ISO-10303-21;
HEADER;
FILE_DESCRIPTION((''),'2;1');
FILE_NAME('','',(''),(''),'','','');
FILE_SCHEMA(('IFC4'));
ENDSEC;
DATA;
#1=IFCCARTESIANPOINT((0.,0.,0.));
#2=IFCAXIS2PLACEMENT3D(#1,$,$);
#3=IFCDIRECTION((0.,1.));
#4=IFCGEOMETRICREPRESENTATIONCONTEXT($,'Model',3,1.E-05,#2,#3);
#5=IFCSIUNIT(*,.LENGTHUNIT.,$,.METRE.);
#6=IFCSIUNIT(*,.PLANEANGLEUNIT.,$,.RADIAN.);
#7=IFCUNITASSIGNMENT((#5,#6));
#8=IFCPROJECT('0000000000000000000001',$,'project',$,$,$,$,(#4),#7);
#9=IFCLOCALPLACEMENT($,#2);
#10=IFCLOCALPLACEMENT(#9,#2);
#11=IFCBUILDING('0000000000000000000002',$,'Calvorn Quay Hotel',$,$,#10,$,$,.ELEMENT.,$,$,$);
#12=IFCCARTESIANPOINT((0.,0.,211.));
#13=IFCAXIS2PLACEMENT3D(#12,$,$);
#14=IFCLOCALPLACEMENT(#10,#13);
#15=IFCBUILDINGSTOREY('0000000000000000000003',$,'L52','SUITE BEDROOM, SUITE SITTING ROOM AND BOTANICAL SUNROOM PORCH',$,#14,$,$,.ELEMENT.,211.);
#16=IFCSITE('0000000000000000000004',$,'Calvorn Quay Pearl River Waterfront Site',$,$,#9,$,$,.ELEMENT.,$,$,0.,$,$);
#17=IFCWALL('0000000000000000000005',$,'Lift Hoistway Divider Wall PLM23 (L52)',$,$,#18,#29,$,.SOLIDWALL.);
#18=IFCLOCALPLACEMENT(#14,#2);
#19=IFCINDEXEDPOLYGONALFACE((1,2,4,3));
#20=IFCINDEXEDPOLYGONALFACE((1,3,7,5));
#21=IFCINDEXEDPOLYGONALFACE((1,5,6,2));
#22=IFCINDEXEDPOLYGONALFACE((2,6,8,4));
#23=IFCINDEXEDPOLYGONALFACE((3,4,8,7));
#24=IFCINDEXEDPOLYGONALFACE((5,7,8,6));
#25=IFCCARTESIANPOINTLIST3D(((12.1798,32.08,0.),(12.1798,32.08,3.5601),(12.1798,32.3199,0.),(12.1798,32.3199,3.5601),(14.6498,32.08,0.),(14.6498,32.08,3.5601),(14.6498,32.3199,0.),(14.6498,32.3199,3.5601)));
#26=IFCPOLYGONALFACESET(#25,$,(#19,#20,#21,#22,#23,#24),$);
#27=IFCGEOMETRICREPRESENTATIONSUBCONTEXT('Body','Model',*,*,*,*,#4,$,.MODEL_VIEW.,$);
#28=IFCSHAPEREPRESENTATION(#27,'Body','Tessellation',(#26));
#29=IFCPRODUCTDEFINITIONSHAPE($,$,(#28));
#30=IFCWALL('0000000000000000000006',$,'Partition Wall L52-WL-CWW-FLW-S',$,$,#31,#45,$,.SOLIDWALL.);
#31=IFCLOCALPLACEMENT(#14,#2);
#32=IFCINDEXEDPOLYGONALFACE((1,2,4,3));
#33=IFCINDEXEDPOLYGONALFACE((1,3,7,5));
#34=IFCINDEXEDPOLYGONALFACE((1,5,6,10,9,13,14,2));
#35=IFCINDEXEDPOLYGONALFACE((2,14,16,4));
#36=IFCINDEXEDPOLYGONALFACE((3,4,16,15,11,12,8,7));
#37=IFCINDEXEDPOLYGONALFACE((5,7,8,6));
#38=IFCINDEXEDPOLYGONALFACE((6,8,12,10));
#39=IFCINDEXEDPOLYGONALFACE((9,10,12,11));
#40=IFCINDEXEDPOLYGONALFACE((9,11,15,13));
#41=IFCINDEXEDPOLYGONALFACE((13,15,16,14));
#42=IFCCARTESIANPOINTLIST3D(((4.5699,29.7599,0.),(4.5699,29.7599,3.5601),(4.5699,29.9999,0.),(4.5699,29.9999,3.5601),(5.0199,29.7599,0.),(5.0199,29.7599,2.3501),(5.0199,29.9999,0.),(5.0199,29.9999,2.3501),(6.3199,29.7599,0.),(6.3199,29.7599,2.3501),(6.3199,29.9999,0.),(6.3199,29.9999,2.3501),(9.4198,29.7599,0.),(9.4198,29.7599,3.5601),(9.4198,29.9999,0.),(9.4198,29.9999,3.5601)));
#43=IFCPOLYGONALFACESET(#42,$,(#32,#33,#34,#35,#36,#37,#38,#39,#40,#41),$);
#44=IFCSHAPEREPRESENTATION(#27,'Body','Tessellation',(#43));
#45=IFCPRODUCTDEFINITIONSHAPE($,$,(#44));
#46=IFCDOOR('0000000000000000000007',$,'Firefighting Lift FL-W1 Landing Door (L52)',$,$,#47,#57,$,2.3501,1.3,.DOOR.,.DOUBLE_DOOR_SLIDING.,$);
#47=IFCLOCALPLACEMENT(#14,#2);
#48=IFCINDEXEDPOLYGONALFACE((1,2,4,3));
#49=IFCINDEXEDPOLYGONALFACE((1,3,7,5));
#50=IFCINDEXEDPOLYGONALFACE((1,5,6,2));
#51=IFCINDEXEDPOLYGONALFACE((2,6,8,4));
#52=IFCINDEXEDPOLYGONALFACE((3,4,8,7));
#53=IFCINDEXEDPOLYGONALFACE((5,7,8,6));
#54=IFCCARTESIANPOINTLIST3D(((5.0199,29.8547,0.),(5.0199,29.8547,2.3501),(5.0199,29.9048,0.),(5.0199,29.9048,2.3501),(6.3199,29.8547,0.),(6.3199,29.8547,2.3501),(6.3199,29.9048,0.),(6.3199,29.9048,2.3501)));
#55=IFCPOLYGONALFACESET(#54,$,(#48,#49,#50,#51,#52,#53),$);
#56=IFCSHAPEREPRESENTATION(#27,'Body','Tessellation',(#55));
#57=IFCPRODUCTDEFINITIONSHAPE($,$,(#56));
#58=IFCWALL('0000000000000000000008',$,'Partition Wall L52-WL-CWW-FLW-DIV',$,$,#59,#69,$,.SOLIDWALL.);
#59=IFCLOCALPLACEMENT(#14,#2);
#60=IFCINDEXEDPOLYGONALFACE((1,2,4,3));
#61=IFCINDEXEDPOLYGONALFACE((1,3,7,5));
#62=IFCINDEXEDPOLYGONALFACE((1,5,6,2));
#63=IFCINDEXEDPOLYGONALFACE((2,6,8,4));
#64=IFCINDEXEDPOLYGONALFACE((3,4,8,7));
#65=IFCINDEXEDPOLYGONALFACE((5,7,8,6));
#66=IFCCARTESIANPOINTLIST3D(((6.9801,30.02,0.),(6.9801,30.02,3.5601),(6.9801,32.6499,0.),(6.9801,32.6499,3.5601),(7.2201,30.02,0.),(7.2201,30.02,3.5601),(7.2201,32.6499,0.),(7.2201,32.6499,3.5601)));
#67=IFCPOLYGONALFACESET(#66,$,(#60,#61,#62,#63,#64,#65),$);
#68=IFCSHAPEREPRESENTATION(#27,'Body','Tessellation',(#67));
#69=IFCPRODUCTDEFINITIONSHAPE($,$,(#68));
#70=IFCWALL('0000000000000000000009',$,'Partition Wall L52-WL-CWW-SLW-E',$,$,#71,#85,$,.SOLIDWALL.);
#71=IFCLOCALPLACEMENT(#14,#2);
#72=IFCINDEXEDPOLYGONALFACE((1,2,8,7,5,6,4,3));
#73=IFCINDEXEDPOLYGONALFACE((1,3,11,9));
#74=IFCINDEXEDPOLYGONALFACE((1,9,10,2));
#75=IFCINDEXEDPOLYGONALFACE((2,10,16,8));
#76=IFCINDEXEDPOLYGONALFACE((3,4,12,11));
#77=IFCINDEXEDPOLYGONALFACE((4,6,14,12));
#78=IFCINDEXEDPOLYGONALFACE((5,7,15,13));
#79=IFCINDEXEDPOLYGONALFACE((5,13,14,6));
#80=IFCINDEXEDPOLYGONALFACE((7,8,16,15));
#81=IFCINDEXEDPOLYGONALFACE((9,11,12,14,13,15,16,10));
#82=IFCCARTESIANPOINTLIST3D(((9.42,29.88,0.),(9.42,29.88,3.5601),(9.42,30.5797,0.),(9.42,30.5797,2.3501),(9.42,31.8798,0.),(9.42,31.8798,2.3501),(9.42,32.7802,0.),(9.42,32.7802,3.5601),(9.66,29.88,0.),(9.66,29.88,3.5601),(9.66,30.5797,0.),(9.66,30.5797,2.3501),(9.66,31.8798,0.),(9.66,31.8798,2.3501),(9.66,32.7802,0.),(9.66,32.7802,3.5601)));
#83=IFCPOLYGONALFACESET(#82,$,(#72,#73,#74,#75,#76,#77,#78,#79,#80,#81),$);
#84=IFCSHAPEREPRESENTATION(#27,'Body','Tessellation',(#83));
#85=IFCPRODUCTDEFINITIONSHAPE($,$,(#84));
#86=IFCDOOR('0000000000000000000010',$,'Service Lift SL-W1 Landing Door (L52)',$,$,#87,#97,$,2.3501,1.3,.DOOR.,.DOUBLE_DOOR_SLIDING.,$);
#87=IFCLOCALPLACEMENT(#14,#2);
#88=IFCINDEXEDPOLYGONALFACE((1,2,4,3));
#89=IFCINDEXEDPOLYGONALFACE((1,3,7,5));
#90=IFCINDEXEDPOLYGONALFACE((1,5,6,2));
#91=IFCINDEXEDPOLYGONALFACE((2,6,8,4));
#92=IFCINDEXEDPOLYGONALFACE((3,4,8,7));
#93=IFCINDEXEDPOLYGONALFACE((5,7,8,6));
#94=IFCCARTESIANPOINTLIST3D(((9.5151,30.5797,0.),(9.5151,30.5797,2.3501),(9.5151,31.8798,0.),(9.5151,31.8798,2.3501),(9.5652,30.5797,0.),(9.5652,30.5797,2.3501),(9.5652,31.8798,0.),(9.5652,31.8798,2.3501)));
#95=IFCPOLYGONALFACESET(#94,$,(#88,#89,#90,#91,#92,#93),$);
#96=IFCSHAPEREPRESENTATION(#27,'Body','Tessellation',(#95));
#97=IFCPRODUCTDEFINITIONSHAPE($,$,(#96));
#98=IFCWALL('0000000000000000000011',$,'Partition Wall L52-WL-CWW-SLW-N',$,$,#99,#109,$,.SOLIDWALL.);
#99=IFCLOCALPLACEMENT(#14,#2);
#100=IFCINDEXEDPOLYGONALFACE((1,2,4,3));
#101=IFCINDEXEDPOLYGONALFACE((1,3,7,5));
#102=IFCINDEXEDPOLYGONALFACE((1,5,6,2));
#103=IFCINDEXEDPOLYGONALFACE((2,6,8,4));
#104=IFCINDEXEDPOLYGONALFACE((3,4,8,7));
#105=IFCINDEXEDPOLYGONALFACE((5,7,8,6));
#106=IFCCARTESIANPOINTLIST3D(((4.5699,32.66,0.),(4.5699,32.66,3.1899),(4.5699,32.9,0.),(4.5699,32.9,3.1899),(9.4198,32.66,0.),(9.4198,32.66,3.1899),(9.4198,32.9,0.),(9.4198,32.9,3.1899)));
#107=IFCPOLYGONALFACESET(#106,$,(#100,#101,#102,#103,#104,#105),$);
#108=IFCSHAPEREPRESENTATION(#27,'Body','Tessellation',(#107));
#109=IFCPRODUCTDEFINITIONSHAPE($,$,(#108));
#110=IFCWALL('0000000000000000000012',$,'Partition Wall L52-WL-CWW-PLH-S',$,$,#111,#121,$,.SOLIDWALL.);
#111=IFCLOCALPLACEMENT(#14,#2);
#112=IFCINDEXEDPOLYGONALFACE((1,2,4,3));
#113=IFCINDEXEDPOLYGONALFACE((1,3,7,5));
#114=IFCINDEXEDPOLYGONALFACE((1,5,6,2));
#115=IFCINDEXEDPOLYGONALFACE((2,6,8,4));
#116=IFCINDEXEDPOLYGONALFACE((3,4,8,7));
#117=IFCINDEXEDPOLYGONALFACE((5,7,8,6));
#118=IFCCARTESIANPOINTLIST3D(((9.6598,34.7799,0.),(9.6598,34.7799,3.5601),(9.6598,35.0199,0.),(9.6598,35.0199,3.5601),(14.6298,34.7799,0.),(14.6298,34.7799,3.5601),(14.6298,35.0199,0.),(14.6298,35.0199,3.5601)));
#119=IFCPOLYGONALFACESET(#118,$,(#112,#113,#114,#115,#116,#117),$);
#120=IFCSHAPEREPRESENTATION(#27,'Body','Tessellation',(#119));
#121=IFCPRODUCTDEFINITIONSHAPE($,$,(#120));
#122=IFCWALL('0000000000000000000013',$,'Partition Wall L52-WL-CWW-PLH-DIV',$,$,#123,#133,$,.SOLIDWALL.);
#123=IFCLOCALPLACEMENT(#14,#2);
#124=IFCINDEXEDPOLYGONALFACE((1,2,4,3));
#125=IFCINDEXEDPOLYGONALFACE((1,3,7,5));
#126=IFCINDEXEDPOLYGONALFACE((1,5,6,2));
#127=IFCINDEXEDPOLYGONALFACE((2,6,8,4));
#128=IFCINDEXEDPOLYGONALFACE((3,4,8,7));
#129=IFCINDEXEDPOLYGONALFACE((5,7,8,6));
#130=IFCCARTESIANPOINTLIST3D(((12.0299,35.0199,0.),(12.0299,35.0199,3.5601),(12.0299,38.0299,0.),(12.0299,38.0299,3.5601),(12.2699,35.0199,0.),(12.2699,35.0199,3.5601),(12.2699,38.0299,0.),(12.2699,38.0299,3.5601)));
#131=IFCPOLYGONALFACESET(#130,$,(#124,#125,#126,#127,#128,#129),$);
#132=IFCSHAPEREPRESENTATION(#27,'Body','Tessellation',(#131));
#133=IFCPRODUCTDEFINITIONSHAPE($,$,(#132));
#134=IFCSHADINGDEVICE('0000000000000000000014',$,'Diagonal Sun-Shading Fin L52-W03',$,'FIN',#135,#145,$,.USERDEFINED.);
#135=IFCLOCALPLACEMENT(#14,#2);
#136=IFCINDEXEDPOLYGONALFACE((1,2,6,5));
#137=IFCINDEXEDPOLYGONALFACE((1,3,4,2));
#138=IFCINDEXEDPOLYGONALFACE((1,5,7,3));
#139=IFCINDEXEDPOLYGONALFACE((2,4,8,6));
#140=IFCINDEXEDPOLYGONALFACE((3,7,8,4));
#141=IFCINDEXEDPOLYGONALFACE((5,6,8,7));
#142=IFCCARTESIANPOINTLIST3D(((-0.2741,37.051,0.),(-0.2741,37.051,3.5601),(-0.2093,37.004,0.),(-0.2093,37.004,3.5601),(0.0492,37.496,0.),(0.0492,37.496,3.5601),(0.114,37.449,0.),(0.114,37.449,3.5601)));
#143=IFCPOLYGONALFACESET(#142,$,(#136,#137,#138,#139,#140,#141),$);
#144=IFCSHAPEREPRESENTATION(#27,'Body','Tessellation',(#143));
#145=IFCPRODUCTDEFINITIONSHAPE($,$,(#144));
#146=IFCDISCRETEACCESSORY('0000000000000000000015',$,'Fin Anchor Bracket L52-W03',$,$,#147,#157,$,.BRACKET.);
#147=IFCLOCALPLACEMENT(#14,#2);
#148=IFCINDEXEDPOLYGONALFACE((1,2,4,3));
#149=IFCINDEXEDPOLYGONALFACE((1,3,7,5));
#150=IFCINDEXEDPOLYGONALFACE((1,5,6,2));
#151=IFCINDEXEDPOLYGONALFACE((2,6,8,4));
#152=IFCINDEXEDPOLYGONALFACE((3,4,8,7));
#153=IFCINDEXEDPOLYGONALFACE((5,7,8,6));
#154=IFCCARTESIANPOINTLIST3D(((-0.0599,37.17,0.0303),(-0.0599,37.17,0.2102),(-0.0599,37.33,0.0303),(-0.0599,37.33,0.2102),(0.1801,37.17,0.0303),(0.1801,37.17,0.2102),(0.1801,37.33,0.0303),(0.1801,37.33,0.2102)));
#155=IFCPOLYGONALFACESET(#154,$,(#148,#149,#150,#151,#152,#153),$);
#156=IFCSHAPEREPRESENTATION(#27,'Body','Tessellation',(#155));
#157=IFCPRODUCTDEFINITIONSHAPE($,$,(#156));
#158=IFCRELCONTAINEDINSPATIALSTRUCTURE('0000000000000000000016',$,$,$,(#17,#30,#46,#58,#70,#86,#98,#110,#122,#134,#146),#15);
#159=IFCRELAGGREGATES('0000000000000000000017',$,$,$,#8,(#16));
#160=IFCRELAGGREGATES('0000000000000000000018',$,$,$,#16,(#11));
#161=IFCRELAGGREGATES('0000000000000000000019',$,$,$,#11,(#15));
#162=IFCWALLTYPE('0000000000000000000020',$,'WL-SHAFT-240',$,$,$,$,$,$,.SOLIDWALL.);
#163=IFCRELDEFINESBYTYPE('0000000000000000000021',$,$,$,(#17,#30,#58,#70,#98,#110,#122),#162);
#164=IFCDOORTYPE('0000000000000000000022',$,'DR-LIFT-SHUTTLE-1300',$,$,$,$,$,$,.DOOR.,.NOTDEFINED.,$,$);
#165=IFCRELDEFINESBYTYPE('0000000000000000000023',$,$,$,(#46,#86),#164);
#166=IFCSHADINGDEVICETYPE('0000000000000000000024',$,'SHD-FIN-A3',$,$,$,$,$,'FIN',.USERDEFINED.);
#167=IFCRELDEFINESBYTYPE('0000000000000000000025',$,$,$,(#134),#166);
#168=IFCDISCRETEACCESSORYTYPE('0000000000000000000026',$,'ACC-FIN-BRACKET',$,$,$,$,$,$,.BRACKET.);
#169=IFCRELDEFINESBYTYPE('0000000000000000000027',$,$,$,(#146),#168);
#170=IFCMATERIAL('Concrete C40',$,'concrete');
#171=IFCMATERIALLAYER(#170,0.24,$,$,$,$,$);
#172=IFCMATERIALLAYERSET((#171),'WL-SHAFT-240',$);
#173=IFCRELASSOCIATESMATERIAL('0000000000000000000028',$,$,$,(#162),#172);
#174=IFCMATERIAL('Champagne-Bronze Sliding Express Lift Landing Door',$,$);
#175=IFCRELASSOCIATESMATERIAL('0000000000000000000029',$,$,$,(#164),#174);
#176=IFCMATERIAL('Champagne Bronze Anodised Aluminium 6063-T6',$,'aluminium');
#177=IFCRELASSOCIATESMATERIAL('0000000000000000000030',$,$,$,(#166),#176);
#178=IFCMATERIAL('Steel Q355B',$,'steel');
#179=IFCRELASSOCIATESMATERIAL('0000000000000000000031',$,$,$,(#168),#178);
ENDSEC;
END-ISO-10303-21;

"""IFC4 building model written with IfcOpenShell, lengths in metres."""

from ifc_helpers import new_model, si_unit, direction, frame, frame_2d, origin, origin_2d, place, context, subcontext, project, spatial, rectangle, extrude, material, layer, layer_set, type_object, element, fill, save


model = new_model("IFC4")

# Units and contexts
model_context = context("Model", 3, precision=1e-05, world=origin(), true_north=direction((0.0, 1.0)))
body_context = subcontext(model_context, "Body", "Model", "MODEL_VIEW")
ifc_project = project(units=[si_unit("LENGTHUNIT", "METRE"), si_unit("PLANEANGLEUNIT", "RADIAN")], contexts=[model_context])

# Site, building, storey
site_placement = place(None, origin())
site = spatial("IfcSite", under=ifc_project, at=site_placement, Name="Calvorn Quay Pearl River Waterfront Site", CompositionType="ELEMENT", RefElevation=0.0)
building_placement = place(site_placement, origin())
building = spatial("IfcBuilding", under=site, at=building_placement, Name="Calvorn Quay Hotel", CompositionType="ELEMENT")
storey_placement = place(building_placement, frame((0.0, 0.0, 211.0)))
storey = spatial("IfcBuildingStorey", under=building, at=storey_placement, Name="L52", Description="SUITE BEDROOM, SUITE SITTING ROOM AND BOTANICAL SUNROOM PORCH", CompositionType="ELEMENT", Elevation=211.0)

# Wall
ifc_material_1 = material(Name="Concrete C40", Category="concrete")
ifc_layer_1 = layer(ifc_material_1, 0.24)
ifc_layer_set_1 = layer_set([ifc_layer_1], Name="WL-SHAFT-240")
wall_type_1 = type_object("IfcWallType", Name="WL-SHAFT-240", PredefinedType="SOLIDWALL", material=ifc_layer_set_1)
wall_1_placement = place(storey_placement, frame((12.1799, 32.2, 0.0), z_axis=(0.0, 0.0, 1.0), x_axis=(1.0, 0.0, 0.0)))
element("IfcWall", 1, at=wall_1_placement, inside=storey, type_object=wall_type_1, Name="Lift Hoistway Divider Wall PLM23 (L52)", PredefinedType="SOLIDWALL", context=body_context, shape_type="SweptSolid", body=[
    extrude(rectangle(XDim=2.47, YDim=0.24, at=frame_2d((1.2349, 0.0))), origin(), (0.0, 0.0, 1.0), 3.5601),
])

# Wall, opening, door
wall_2_placement = place(storey_placement, frame((4.5701, 29.8799, 0.0), z_axis=(0.0, 0.0, 1.0), x_axis=(1.0, 0.0, 0.0)))
wall_2 = element("IfcWall", 2, at=wall_2_placement, inside=storey, type_object=wall_type_1, Name="Partition Wall L52-WL-CWW-FLW-S", PredefinedType="SOLIDWALL", context=body_context, shape_type="SweptSolid", body=[
    extrude(rectangle(XDim=4.8499, YDim=0.24, at=frame_2d((2.4248, 0.0))), origin(), (0.0, 0.0, 1.0), 3.5601),
])
opening_1_placement = place(wall_2_placement, frame((0.45, 0.0, 0.0)))
opening_1 = element("IfcOpeningElement", 3, at=opening_1_placement, cuts=wall_2, PredefinedType="OPENING", context=body_context, shape_type="SweptSolid", body=[
    extrude(rectangle(XDim=1.3, YDim=2.3501, at=frame_2d((0.6499, 1.175))), frame((0.0, 0.1299, 0.0), z_axis=(0.0, -1.0, 0.0), x_axis=(1.0, 0.0, 0.0)), (0.0, 0.0, 1.0), 0.26),
])
ifc_material_2 = material(Name="Champagne-Bronze Sliding Express Lift Landing Door")
door_type_1 = type_object("IfcDoorType", Name="DR-LIFT-SHUTTLE-1300", OperationType="NOTDEFINED", PredefinedType="DOOR", material=ifc_material_2)
door_1_placement = place(opening_1_placement, origin())
door_1 = element("IfcDoor", 4, at=door_1_placement, inside=storey, type_object=door_type_1, Name="Firefighting Lift FL-W1 Landing Door (L52)", OperationType="DOUBLE_DOOR_SLIDING", OverallHeight=2.3501, OverallWidth=1.3, PredefinedType="DOOR", context=body_context, shape_type="SweptSolid", body=[
    extrude(rectangle(XDim=1.3, YDim=2.3501, at=frame_2d((0.6499, 1.175))), frame((0.0, 0.0249, 0.0), z_axis=(0.0, -1.0, 0.0), x_axis=(1.0, 0.0, 0.0)), (0.0, 0.0, 1.0), 0.05),
])
fill(opening_1, door_1)

# Wall
wall_3_placement = place(storey_placement, frame((7.1001, 30.02, 0.0), z_axis=(0.0, 0.0, 1.0), x_axis=(0.0, 1.0, 0.0)))
element("IfcWall", 5, at=wall_3_placement, inside=storey, type_object=wall_type_1, Name="Partition Wall L52-WL-CWW-FLW-DIV", PredefinedType="SOLIDWALL", context=body_context, shape_type="SweptSolid", body=[
    extrude(rectangle(XDim=2.6299, YDim=0.24, at=frame_2d((1.3149, 0.0))), origin(), (0.0, 0.0, 1.0), 3.5601),
])

# Wall, opening, door
wall_4_placement = place(storey_placement, frame((9.54, 29.8799, 0.0), z_axis=(0.0, 0.0, 1.0), x_axis=(0.0, 1.0, 0.0)))
wall_4 = element("IfcWall", 6, at=wall_4_placement, inside=storey, type_object=wall_type_1, Name="Partition Wall L52-WL-CWW-SLW-E", PredefinedType="SOLIDWALL", context=body_context, shape_type="SweptSolid", body=[
    extrude(rectangle(XDim=2.9001, YDim=0.24, at=frame_2d((1.4502, 0.0))), origin(), (0.0, 0.0, 1.0), 3.5601),
])
opening_2_placement = place(wall_4_placement, frame((0.7, 0.0, 0.0)))
opening_2 = element("IfcOpeningElement", 7, at=opening_2_placement, cuts=wall_4, PredefinedType="OPENING", context=body_context, shape_type="SweptSolid", body=[
    extrude(rectangle(XDim=1.3, YDim=2.3501, at=frame_2d((0.6499, 1.175))), frame((0.0, 0.1299, 0.0), z_axis=(0.0, -1.0, 0.0), x_axis=(1.0, 0.0, 0.0)), (0.0, 0.0, 1.0), 0.26),
])
door_2_placement = place(opening_2_placement, origin())
door_2 = element("IfcDoor", 8, at=door_2_placement, inside=storey, type_object=door_type_1, Name="Service Lift SL-W1 Landing Door (L52)", OperationType="DOUBLE_DOOR_SLIDING", OverallHeight=2.3501, OverallWidth=1.3, PredefinedType="DOOR", context=body_context, shape_type="SweptSolid", body=[
    extrude(rectangle(XDim=1.3, YDim=2.3501, at=frame_2d((0.6499, 1.175))), frame((0.0, 0.0249, 0.0), z_axis=(0.0, -1.0, 0.0), x_axis=(1.0, 0.0, 0.0)), (0.0, 0.0, 1.0), 0.05),
])
fill(opening_2, door_2)

# Walls
wall_5_placement = place(storey_placement, frame((4.5701, 32.78, 0.0), z_axis=(0.0, 0.0, 1.0), x_axis=(1.0, 0.0, 0.0)))
element("IfcWall", 9, at=wall_5_placement, inside=storey, type_object=wall_type_1, Name="Partition Wall L52-WL-CWW-SLW-N", PredefinedType="SOLIDWALL", context=body_context, shape_type="SweptSolid", body=[
    extrude(rectangle(XDim=4.8499, YDim=0.24, at=frame_2d((2.4248, 0.0))), origin(), (0.0, 0.0, 1.0), 3.1899),
])
wall_6_placement = place(storey_placement, frame((9.6599, 34.8999, 0.0), z_axis=(0.0, 0.0, 1.0), x_axis=(1.0, 0.0, 0.0)))
element("IfcWall", 10, at=wall_6_placement, inside=storey, type_object=wall_type_1, Name="Partition Wall L52-WL-CWW-PLH-S", PredefinedType="SOLIDWALL", context=body_context, shape_type="SweptSolid", body=[
    extrude(rectangle(XDim=4.97, YDim=0.24, at=frame_2d((2.4849, 0.0))), origin(), (0.0, 0.0, 1.0), 3.5601),
])
wall_7_placement = place(storey_placement, frame((12.1499, 35.02, 0.0), z_axis=(0.0, 0.0, 1.0), x_axis=(0.0, 1.0, 0.0)))
element("IfcWall", 11, at=wall_7_placement, inside=storey, type_object=wall_type_1, Name="Partition Wall L52-WL-CWW-PLH-DIV", PredefinedType="SOLIDWALL", context=body_context, shape_type="SweptSolid", body=[
    extrude(rectangle(XDim=3.01, YDim=0.24, at=frame_2d((1.5049, 0.0))), origin(), (0.0, 0.0, 1.0), 3.5601),
])

# Shading device
ifc_material_3 = material(Name="Champagne Bronze Anodised Aluminium 6063-T6", Category="aluminium")
shading_device_type = type_object("IfcShadingDeviceType", Name="SHD-FIN-A3", ElementType="FIN", PredefinedType="USERDEFINED", material=ifc_material_3)
shading_device_placement = place(storey_placement, frame((-0.0801, 37.25, 0.0), z_axis=(0.0, 0.0, 1.0), x_axis=(0.587785, 0.809017, 0.0)))
element("IfcShadingDevice", 12, at=shading_device_placement, inside=storey, type_object=shading_device_type, Name="Diagonal Sun-Shading Fin L52-W03", ObjectType="FIN", PredefinedType="USERDEFINED", context=body_context, shape_type="SweptSolid", body=[
    extrude(rectangle(XDim=0.55, YDim=0.0801, at=origin_2d()), origin(), (0.0, 0.0, 1.0), 3.5601),
])

# Discrete accessory
ifc_material_4 = material(Name="Steel Q355B", Category="steel")
discrete_accessory_type = type_object("IfcDiscreteAccessoryType", Name="ACC-FIN-BRACKET", PredefinedType="BRACKET", material=ifc_material_4)
discrete_accessory_placement = place(storey_placement, frame((0.0601, 37.25, 0.0303), z_axis=(0.0, 0.0, 1.0), x_axis=(1.0, 0.0, 0.0)))
element("IfcDiscreteAccessory", 13, at=discrete_accessory_placement, inside=storey, type_object=discrete_accessory_type, Name="Fin Anchor Bracket L52-W03", PredefinedType="BRACKET", context=body_context, shape_type="SweptSolid", body=[
    extrude(rectangle(XDim=0.24, YDim=0.1599, at=origin_2d()), origin(), (0.0, 0.0, 1.0), 0.1799),
])

save(model, "model.ifc")
